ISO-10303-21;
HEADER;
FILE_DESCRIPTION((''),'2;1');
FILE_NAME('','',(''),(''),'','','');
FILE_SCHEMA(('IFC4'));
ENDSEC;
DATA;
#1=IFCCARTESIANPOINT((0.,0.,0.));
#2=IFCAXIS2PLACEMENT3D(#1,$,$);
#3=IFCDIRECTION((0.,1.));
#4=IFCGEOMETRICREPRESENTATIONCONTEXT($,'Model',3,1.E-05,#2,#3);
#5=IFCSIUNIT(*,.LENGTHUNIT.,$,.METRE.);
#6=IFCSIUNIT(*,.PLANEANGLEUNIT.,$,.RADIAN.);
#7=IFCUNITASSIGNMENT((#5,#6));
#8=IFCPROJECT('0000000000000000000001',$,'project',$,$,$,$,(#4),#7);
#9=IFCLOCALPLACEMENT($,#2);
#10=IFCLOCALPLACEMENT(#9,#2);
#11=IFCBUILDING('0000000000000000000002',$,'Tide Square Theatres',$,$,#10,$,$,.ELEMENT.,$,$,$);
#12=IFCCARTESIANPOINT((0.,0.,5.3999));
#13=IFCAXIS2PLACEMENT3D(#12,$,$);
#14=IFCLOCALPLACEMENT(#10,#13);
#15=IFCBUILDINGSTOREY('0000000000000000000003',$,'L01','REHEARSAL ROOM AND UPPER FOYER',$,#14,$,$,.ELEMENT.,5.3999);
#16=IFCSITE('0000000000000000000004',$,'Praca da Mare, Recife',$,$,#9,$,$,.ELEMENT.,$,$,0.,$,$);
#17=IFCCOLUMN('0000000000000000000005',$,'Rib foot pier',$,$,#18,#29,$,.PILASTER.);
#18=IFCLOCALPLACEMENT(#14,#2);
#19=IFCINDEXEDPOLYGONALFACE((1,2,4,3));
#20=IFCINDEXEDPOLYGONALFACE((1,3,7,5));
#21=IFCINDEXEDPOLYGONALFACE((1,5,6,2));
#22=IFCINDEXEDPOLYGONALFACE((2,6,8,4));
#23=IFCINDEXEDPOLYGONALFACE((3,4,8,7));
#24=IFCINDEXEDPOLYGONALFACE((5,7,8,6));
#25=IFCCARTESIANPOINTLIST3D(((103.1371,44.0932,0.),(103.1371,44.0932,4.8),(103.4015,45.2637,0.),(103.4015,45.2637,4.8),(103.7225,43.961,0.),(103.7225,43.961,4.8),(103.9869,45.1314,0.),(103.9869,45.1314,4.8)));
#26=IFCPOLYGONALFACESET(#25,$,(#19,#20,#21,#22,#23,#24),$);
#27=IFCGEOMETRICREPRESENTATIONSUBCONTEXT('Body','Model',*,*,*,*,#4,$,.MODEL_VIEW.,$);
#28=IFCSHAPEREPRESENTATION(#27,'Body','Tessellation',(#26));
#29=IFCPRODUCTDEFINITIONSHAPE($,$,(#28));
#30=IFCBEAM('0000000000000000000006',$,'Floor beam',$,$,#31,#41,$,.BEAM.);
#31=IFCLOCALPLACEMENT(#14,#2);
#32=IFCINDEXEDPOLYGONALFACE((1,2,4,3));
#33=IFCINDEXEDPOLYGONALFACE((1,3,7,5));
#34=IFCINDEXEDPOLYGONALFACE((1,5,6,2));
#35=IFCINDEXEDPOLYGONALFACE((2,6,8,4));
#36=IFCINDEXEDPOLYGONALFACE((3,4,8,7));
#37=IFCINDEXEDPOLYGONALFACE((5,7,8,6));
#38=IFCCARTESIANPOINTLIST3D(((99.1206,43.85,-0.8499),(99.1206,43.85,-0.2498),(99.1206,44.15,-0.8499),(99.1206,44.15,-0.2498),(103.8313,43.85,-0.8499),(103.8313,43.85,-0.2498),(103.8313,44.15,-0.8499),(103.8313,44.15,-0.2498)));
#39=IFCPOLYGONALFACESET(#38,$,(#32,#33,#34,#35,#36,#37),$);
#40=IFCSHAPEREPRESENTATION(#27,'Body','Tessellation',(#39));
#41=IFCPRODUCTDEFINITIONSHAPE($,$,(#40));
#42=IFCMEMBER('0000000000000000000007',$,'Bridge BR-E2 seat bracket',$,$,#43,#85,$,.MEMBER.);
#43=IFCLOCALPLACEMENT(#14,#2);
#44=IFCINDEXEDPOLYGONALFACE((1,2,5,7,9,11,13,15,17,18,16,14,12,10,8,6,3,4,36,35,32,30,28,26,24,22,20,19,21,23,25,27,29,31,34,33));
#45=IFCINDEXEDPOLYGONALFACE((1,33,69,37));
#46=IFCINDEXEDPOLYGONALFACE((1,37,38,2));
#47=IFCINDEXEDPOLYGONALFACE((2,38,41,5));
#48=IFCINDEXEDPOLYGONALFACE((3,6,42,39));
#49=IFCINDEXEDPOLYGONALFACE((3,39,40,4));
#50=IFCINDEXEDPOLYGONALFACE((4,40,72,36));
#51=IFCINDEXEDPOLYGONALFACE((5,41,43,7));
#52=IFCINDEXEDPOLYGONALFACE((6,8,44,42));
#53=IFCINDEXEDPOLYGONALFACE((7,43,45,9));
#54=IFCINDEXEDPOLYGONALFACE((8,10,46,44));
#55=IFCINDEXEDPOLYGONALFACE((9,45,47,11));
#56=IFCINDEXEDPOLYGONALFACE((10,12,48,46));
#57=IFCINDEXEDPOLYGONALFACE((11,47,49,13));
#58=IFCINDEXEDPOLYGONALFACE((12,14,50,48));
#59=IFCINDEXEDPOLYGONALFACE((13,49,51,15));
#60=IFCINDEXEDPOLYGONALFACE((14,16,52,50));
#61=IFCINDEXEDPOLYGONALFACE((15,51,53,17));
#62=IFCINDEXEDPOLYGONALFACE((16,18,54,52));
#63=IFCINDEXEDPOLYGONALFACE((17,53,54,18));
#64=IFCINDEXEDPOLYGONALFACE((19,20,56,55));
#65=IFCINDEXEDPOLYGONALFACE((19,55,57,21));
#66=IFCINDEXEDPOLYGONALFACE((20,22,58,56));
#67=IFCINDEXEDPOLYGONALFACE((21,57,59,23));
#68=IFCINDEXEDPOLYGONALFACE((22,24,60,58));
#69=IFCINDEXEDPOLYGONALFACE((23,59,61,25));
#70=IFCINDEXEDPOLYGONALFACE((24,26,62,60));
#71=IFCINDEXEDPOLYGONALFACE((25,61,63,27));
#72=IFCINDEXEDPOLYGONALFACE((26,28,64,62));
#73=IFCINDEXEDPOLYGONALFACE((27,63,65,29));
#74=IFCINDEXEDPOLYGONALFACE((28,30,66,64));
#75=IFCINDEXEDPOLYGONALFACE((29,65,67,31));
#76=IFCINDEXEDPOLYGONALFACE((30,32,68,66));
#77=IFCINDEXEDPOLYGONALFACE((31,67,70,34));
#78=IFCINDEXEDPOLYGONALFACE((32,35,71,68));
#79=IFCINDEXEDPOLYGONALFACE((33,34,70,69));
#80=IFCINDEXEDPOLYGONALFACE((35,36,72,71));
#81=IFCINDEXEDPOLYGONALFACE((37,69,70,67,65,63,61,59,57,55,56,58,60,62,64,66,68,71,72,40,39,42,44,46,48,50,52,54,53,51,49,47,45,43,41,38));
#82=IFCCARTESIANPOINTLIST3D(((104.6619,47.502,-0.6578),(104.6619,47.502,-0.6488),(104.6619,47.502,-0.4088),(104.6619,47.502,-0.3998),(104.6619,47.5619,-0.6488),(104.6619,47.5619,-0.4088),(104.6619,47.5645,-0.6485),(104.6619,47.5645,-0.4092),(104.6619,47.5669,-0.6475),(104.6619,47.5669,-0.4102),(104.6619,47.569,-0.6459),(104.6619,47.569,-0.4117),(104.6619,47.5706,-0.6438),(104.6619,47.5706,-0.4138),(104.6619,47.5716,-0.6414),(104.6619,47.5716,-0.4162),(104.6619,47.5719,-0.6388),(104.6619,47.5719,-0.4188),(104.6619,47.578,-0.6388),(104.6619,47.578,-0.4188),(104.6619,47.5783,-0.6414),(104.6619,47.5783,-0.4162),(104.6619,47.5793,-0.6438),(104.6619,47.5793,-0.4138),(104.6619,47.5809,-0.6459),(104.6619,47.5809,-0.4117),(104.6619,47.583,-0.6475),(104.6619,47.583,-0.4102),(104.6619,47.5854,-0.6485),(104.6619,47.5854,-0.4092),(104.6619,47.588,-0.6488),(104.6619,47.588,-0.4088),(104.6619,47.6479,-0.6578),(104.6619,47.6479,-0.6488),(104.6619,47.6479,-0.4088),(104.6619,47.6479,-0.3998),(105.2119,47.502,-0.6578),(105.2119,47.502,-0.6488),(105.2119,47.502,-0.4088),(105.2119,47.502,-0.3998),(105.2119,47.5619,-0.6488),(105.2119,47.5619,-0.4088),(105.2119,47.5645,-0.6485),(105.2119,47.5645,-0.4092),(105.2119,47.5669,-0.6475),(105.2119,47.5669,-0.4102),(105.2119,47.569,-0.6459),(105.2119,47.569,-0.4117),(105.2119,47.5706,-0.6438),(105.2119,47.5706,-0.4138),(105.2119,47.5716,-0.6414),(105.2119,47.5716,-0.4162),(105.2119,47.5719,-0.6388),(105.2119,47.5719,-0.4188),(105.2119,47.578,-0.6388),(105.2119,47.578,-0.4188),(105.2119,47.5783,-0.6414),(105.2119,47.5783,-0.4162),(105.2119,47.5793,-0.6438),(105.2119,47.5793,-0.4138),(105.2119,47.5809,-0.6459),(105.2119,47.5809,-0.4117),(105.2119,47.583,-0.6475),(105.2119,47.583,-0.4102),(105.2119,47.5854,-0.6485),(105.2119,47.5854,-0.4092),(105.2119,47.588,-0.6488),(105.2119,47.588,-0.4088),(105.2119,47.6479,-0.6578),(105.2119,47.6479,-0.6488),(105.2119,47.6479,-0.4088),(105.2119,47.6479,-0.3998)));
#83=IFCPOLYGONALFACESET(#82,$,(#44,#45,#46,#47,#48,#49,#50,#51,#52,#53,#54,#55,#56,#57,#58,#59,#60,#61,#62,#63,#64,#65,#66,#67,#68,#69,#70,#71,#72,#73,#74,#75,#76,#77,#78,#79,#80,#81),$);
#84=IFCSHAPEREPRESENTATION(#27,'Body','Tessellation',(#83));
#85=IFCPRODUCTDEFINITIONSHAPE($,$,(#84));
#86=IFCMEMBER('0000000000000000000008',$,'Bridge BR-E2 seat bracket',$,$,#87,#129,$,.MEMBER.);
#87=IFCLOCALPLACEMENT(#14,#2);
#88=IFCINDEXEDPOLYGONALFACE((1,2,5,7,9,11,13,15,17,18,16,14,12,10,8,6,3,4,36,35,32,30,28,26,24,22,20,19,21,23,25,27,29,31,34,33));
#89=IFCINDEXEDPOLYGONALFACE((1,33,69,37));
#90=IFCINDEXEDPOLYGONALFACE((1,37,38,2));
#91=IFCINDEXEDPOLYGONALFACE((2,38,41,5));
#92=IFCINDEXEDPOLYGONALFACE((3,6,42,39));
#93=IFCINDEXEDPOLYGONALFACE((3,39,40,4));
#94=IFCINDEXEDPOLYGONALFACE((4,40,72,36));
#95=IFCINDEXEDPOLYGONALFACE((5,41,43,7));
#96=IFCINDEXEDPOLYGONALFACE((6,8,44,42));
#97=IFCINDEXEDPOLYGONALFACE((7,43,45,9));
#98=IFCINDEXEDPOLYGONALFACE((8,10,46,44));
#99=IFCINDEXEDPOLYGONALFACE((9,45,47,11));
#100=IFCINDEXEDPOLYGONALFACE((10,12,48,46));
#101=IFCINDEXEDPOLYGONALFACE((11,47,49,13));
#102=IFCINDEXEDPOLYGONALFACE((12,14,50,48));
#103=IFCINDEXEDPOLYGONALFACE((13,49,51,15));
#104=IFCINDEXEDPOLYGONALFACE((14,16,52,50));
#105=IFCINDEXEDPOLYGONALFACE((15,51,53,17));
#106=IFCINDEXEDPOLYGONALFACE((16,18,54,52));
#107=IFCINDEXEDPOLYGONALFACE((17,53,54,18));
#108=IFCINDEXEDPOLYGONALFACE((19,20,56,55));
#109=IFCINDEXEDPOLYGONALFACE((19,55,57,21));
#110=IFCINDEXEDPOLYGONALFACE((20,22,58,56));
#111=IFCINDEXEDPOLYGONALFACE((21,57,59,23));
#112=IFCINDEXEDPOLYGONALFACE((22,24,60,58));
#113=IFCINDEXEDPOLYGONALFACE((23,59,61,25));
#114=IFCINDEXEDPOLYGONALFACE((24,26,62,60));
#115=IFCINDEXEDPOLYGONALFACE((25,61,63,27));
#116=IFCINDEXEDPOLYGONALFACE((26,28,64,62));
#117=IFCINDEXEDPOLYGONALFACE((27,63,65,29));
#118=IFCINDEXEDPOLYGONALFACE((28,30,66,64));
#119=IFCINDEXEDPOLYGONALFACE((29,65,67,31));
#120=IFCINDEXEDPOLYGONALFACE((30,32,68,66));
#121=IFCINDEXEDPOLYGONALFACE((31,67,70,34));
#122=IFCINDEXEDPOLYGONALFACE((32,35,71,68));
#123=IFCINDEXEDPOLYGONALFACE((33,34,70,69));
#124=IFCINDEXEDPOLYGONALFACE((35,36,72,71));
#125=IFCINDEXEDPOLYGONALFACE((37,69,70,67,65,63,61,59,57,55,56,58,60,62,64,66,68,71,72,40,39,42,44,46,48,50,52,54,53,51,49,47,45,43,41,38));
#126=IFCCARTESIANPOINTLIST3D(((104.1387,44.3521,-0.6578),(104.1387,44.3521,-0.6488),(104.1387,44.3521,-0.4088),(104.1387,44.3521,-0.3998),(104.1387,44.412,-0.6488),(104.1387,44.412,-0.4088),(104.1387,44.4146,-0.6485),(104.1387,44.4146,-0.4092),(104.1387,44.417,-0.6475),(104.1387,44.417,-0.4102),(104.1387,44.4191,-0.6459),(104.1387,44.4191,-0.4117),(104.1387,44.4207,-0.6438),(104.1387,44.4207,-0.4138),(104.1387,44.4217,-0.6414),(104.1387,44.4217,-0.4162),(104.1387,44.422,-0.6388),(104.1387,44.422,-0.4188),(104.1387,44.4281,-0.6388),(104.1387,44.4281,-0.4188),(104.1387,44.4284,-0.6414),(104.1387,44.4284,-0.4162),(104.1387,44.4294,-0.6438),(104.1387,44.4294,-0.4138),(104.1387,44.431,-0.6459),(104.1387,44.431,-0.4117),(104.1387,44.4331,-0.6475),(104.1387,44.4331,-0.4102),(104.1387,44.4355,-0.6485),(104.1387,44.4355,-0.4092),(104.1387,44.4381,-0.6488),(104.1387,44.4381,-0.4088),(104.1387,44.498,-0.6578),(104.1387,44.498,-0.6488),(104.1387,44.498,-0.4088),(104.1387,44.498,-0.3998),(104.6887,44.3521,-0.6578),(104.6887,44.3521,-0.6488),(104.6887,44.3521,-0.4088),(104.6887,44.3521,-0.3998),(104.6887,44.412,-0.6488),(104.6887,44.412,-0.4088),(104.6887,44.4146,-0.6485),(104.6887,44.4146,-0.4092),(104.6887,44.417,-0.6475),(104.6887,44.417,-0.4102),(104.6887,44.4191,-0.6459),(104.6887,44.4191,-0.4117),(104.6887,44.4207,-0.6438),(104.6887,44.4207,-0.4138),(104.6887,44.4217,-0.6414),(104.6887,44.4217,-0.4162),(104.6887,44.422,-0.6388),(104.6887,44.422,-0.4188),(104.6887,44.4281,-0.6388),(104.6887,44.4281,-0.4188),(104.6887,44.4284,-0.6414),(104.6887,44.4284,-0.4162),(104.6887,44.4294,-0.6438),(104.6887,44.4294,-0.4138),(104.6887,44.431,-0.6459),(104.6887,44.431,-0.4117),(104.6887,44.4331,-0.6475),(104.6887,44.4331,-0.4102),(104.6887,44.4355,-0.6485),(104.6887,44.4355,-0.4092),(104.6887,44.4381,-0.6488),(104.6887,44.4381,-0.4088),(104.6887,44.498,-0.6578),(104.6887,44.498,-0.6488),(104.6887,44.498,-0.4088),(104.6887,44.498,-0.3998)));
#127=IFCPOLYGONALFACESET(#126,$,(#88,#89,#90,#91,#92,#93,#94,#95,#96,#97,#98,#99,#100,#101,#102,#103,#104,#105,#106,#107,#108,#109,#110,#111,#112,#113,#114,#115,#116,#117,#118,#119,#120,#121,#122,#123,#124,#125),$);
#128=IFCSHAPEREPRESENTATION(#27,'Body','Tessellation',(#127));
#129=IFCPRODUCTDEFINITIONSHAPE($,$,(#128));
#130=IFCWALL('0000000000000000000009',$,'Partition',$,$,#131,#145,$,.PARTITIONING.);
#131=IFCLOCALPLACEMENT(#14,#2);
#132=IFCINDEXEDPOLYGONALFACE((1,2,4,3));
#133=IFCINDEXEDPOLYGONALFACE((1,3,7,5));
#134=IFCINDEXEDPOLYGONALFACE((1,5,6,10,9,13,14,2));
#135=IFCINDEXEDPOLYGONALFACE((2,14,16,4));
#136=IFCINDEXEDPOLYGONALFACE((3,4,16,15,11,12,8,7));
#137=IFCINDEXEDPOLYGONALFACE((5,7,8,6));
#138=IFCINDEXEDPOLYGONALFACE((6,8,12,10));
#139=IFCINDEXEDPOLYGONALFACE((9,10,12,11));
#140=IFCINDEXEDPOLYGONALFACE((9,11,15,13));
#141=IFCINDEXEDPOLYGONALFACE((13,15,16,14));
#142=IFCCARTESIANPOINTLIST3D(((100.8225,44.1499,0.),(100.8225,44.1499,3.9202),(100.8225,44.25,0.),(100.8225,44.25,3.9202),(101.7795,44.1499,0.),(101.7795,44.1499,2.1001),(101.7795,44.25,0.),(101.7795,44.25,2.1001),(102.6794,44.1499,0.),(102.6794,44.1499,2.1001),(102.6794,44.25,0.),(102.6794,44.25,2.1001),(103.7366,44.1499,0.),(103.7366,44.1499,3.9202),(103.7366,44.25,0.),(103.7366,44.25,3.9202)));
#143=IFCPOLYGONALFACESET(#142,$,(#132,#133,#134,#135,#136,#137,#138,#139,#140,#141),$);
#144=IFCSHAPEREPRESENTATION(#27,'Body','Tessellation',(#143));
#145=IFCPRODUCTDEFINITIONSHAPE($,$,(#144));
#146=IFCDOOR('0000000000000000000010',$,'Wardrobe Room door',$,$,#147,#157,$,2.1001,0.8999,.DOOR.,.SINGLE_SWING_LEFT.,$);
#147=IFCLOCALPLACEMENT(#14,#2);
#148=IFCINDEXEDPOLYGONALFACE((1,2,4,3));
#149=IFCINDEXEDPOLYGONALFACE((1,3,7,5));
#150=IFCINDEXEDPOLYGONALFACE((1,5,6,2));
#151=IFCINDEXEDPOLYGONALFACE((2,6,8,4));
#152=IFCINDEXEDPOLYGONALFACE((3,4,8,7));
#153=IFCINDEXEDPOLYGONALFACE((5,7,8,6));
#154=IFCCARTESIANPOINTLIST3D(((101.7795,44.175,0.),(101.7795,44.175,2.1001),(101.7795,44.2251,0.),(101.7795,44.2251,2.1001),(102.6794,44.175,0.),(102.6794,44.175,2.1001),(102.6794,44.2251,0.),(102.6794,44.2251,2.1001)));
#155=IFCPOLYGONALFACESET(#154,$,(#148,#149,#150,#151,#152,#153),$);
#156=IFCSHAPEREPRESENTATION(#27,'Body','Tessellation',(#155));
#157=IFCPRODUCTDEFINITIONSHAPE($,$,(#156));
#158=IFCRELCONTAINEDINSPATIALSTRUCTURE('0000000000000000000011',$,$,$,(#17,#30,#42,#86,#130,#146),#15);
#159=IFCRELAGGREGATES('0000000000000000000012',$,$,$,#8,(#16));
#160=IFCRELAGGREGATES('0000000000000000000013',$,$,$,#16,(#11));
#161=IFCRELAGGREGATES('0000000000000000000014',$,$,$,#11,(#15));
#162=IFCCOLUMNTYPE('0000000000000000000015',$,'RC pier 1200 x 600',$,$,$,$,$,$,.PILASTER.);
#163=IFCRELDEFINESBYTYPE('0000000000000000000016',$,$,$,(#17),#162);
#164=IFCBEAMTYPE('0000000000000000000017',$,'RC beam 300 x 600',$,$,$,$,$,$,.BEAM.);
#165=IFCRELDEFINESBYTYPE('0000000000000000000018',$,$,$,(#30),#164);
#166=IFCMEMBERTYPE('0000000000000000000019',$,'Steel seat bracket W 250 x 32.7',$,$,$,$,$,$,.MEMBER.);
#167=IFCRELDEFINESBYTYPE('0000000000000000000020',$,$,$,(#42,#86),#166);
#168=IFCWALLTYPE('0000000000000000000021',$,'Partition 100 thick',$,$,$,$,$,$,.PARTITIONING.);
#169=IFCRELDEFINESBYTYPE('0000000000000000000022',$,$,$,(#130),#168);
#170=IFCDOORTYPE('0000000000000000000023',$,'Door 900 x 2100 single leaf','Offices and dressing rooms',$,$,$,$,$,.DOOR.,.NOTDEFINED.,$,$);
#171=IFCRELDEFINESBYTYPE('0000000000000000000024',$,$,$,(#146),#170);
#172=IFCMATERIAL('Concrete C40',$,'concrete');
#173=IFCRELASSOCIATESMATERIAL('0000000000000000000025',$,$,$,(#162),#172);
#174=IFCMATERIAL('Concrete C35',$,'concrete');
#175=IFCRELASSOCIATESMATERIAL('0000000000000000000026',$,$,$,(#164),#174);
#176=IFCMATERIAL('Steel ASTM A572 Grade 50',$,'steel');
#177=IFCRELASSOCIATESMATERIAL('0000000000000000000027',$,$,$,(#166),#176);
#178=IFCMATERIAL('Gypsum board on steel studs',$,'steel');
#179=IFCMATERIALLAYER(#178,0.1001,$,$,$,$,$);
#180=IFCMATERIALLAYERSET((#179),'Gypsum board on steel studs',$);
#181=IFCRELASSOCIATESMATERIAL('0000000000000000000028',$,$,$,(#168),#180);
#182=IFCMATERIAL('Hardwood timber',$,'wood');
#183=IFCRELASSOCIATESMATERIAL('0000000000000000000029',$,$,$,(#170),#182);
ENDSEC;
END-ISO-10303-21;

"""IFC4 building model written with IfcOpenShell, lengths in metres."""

from ifc_helpers import new_model, si_unit, direction, frame, frame_2d, origin, origin_2d, place, context, subcontext, project, spatial, rectangle, i_section, extrude, material, layer, layer_set, material_profile, profile_set, type_object, element, fill, save


model = new_model("IFC4")

# Units and contexts
model_context = context("Model", 3, precision=1e-05, world=origin(), true_north=direction((0.0, 1.0)))
body_context = subcontext(model_context, "Body", "Model", "MODEL_VIEW")
ifc_project = project(units=[si_unit("LENGTHUNIT", "METRE"), si_unit("PLANEANGLEUNIT", "RADIAN")], contexts=[model_context])

# Site, building, storey
site_placement = place(None, origin())
site = spatial("IfcSite", under=ifc_project, at=site_placement, Name="Praca da Mare, Recife", CompositionType="ELEMENT", RefElevation=0.0)
building_placement = place(site_placement, origin())
building = spatial("IfcBuilding", under=site, at=building_placement, Name="Tide Square Theatres", CompositionType="ELEMENT")
storey_placement = place(building_placement, frame((0.0, 0.0, 5.3999)))
storey = spatial("IfcBuildingStorey", under=building, at=storey_placement, Name="L01", Description="REHEARSAL ROOM AND UPPER FOYER", CompositionType="ELEMENT", Elevation=5.3999)

# Column
ifc_material_1 = material(Name="Concrete C40", Category="concrete")
ifc_material_profile_1 = material_profile(ifc_material_1, rectangle(XDim=1.2, YDim=0.6001, at=origin_2d()))
ifc_profile_set_1 = profile_set([ifc_material_profile_1], Name="Concrete C40")
column_type = type_object("IfcColumnType", Name="RC pier 1200 x 600", PredefinedType="PILASTER", material=ifc_profile_set_1)
column_placement = place(storey_placement, frame((103.562, 44.6123, 0.0), z_axis=(0.0, 0.0, 1.0), x_axis=(0.220357, 0.975419, 0.0)))
element("IfcColumn", 1, at=column_placement, inside=storey, type_object=column_type, Name="Rib foot pier", PredefinedType="PILASTER", context=body_context, shape_type="SweptSolid", body=[
    extrude(rectangle(XDim=1.2, YDim=0.6001, at=origin_2d()), origin(), (0.0, 0.0, 1.0), 4.8),
])

# Beam
ifc_material_2 = material(Name="Concrete C35", Category="concrete")
ifc_material_profile_2 = material_profile(ifc_material_2, rectangle(XDim=0.3, YDim=0.6001, at=origin_2d()))
ifc_profile_set_2 = profile_set([ifc_material_profile_2], Name="Concrete C35")
beam_type = type_object("IfcBeamType", Name="RC beam 300 x 600", PredefinedType="BEAM", material=ifc_profile_set_2)
beam_placement = place(storey_placement, frame((99.1206, 44.0, -0.5498), z_axis=(1.0, 0.0, 0.0), x_axis=(0.0, 1.0, 0.0)))
element("IfcBeam", 2, at=beam_placement, inside=storey, type_object=beam_type, Name="Floor beam", PredefinedType="BEAM", context=body_context, shape_type="SweptSolid", body=[
    extrude(rectangle(XDim=0.3, YDim=0.6001, at=origin_2d()), origin(), (0.0, 0.0, 1.0), 4.7107),
])

# Members
ifc_material_3 = material(Name="Steel ASTM A572 Grade 50", Category="steel")
ifc_material_profile_3 = material_profile(ifc_material_3, i_section(OverallWidth=0.146, OverallDepth=0.2581, WebThickness=0.0061, FlangeThickness=0.009, FilletRadius=0.01, at=origin_2d()))
ifc_profile_set_3 = profile_set([ifc_material_profile_3], Name="Steel ASTM A572 Grade 50")
member_type = type_object("IfcMemberType", Name="Steel seat bracket W 250 x 32.7", PredefinedType="MEMBER", material=ifc_profile_set_3)
for number, where, z_axis, x_axis, name in (
    (3, (104.6619, 47.575, -0.5288), (1.0, 0.0, 0.0), (0.0, 1.0, 0.0), "Bridge BR-E2 seat bracket"),
    (4, (104.1387, 44.425, -0.5288), (1.0, 0.0, 0.0), (0.0, 1.0, 0.0), "Bridge BR-E2 seat bracket"),
):
    element("IfcMember", number, at=place(storey_placement, frame(where, z_axis=z_axis, x_axis=x_axis)), inside=storey, type_object=member_type, Name=name, PredefinedType="MEMBER", context=body_context, shape_type="SweptSolid", body=[
        extrude(i_section(OverallWidth=0.146, OverallDepth=0.2581, WebThickness=0.0061, FlangeThickness=0.009, FilletRadius=0.01, at=origin_2d()), origin(), (0.0, 0.0, 1.0), 0.55),
    ])

# Wall, opening, door
ifc_material_4 = material(Name="Gypsum board on steel studs", Category="steel")
ifc_layer_1 = layer(ifc_material_4, 0.1001)
ifc_layer_set_1 = layer_set([ifc_layer_1], Name="Gypsum board on steel studs")
wall_type_1 = type_object("IfcWallType", Name="Partition 100 thick", PredefinedType="PARTITIONING", material=ifc_layer_set_1)
wall_1_placement = place(storey_placement, frame((100.8225, 44.2, 0.0), z_axis=(0.0, 0.0, 1.0), x_axis=(1.0, 0.0, 0.0)))
wall_1 = element("IfcWall", 5, at=wall_1_placement, inside=storey, type_object=wall_type_1, Name="Partition", PredefinedType="PARTITIONING", context=body_context, shape_type="SweptSolid", body=[
    extrude(rectangle(XDim=2.9141, YDim=0.1001, at=frame_2d((1.457, 0.0))), origin(), (0.0, 0.0, 1.0), 3.9202),
])
opening_1_placement = place(wall_1_placement, frame((0.957, 0.0, 0.0)))
opening_1 = element("IfcOpeningElement", 6, at=opening_1_placement, cuts=wall_1, PredefinedType="OPENING", context=body_context, shape_type="SweptSolid", body=[
    extrude(rectangle(XDim=0.8999, YDim=2.1001, at=frame_2d((0.45, 1.05))), frame((0.0, 0.0601, 0.0), z_axis=(0.0, -1.0, 0.0), x_axis=(1.0, 0.0, 0.0)), (0.0, 0.0, 1.0), 0.1201),
])
ifc_material_5 = material(Name="Hardwood timber", Category="wood")
door_type_1 = type_object("IfcDoorType", Name="Door 900 x 2100 single leaf", Description="Offices and dressing rooms", OperationType="NOTDEFINED", PredefinedType="DOOR", material=ifc_material_5)
door_1_placement = place(opening_1_placement, frame((0.8999, 0.0, 0.0), z_axis=(0.0, 0.0, 1.0), x_axis=(-1.0, 0.0, 0.0)))
door_1 = element("IfcDoor", 7, at=door_1_placement, inside=storey, type_object=door_type_1, Name="Wardrobe Room door", OperationType="SINGLE_SWING_LEFT", OverallHeight=2.1001, OverallWidth=0.8999, PredefinedType="DOOR", context=body_context, shape_type="SweptSolid", body=[
    extrude(rectangle(XDim=0.8999, YDim=2.1001, at=frame_2d((0.45, 1.05))), frame((0.0, 0.0249, 0.0), z_axis=(0.0, -1.0, 0.0), x_axis=(1.0, 0.0, 0.0)), (0.0, 0.0, 1.0), 0.05),
])
fill(opening_1, door_1)

save(model, "model.ifc")
